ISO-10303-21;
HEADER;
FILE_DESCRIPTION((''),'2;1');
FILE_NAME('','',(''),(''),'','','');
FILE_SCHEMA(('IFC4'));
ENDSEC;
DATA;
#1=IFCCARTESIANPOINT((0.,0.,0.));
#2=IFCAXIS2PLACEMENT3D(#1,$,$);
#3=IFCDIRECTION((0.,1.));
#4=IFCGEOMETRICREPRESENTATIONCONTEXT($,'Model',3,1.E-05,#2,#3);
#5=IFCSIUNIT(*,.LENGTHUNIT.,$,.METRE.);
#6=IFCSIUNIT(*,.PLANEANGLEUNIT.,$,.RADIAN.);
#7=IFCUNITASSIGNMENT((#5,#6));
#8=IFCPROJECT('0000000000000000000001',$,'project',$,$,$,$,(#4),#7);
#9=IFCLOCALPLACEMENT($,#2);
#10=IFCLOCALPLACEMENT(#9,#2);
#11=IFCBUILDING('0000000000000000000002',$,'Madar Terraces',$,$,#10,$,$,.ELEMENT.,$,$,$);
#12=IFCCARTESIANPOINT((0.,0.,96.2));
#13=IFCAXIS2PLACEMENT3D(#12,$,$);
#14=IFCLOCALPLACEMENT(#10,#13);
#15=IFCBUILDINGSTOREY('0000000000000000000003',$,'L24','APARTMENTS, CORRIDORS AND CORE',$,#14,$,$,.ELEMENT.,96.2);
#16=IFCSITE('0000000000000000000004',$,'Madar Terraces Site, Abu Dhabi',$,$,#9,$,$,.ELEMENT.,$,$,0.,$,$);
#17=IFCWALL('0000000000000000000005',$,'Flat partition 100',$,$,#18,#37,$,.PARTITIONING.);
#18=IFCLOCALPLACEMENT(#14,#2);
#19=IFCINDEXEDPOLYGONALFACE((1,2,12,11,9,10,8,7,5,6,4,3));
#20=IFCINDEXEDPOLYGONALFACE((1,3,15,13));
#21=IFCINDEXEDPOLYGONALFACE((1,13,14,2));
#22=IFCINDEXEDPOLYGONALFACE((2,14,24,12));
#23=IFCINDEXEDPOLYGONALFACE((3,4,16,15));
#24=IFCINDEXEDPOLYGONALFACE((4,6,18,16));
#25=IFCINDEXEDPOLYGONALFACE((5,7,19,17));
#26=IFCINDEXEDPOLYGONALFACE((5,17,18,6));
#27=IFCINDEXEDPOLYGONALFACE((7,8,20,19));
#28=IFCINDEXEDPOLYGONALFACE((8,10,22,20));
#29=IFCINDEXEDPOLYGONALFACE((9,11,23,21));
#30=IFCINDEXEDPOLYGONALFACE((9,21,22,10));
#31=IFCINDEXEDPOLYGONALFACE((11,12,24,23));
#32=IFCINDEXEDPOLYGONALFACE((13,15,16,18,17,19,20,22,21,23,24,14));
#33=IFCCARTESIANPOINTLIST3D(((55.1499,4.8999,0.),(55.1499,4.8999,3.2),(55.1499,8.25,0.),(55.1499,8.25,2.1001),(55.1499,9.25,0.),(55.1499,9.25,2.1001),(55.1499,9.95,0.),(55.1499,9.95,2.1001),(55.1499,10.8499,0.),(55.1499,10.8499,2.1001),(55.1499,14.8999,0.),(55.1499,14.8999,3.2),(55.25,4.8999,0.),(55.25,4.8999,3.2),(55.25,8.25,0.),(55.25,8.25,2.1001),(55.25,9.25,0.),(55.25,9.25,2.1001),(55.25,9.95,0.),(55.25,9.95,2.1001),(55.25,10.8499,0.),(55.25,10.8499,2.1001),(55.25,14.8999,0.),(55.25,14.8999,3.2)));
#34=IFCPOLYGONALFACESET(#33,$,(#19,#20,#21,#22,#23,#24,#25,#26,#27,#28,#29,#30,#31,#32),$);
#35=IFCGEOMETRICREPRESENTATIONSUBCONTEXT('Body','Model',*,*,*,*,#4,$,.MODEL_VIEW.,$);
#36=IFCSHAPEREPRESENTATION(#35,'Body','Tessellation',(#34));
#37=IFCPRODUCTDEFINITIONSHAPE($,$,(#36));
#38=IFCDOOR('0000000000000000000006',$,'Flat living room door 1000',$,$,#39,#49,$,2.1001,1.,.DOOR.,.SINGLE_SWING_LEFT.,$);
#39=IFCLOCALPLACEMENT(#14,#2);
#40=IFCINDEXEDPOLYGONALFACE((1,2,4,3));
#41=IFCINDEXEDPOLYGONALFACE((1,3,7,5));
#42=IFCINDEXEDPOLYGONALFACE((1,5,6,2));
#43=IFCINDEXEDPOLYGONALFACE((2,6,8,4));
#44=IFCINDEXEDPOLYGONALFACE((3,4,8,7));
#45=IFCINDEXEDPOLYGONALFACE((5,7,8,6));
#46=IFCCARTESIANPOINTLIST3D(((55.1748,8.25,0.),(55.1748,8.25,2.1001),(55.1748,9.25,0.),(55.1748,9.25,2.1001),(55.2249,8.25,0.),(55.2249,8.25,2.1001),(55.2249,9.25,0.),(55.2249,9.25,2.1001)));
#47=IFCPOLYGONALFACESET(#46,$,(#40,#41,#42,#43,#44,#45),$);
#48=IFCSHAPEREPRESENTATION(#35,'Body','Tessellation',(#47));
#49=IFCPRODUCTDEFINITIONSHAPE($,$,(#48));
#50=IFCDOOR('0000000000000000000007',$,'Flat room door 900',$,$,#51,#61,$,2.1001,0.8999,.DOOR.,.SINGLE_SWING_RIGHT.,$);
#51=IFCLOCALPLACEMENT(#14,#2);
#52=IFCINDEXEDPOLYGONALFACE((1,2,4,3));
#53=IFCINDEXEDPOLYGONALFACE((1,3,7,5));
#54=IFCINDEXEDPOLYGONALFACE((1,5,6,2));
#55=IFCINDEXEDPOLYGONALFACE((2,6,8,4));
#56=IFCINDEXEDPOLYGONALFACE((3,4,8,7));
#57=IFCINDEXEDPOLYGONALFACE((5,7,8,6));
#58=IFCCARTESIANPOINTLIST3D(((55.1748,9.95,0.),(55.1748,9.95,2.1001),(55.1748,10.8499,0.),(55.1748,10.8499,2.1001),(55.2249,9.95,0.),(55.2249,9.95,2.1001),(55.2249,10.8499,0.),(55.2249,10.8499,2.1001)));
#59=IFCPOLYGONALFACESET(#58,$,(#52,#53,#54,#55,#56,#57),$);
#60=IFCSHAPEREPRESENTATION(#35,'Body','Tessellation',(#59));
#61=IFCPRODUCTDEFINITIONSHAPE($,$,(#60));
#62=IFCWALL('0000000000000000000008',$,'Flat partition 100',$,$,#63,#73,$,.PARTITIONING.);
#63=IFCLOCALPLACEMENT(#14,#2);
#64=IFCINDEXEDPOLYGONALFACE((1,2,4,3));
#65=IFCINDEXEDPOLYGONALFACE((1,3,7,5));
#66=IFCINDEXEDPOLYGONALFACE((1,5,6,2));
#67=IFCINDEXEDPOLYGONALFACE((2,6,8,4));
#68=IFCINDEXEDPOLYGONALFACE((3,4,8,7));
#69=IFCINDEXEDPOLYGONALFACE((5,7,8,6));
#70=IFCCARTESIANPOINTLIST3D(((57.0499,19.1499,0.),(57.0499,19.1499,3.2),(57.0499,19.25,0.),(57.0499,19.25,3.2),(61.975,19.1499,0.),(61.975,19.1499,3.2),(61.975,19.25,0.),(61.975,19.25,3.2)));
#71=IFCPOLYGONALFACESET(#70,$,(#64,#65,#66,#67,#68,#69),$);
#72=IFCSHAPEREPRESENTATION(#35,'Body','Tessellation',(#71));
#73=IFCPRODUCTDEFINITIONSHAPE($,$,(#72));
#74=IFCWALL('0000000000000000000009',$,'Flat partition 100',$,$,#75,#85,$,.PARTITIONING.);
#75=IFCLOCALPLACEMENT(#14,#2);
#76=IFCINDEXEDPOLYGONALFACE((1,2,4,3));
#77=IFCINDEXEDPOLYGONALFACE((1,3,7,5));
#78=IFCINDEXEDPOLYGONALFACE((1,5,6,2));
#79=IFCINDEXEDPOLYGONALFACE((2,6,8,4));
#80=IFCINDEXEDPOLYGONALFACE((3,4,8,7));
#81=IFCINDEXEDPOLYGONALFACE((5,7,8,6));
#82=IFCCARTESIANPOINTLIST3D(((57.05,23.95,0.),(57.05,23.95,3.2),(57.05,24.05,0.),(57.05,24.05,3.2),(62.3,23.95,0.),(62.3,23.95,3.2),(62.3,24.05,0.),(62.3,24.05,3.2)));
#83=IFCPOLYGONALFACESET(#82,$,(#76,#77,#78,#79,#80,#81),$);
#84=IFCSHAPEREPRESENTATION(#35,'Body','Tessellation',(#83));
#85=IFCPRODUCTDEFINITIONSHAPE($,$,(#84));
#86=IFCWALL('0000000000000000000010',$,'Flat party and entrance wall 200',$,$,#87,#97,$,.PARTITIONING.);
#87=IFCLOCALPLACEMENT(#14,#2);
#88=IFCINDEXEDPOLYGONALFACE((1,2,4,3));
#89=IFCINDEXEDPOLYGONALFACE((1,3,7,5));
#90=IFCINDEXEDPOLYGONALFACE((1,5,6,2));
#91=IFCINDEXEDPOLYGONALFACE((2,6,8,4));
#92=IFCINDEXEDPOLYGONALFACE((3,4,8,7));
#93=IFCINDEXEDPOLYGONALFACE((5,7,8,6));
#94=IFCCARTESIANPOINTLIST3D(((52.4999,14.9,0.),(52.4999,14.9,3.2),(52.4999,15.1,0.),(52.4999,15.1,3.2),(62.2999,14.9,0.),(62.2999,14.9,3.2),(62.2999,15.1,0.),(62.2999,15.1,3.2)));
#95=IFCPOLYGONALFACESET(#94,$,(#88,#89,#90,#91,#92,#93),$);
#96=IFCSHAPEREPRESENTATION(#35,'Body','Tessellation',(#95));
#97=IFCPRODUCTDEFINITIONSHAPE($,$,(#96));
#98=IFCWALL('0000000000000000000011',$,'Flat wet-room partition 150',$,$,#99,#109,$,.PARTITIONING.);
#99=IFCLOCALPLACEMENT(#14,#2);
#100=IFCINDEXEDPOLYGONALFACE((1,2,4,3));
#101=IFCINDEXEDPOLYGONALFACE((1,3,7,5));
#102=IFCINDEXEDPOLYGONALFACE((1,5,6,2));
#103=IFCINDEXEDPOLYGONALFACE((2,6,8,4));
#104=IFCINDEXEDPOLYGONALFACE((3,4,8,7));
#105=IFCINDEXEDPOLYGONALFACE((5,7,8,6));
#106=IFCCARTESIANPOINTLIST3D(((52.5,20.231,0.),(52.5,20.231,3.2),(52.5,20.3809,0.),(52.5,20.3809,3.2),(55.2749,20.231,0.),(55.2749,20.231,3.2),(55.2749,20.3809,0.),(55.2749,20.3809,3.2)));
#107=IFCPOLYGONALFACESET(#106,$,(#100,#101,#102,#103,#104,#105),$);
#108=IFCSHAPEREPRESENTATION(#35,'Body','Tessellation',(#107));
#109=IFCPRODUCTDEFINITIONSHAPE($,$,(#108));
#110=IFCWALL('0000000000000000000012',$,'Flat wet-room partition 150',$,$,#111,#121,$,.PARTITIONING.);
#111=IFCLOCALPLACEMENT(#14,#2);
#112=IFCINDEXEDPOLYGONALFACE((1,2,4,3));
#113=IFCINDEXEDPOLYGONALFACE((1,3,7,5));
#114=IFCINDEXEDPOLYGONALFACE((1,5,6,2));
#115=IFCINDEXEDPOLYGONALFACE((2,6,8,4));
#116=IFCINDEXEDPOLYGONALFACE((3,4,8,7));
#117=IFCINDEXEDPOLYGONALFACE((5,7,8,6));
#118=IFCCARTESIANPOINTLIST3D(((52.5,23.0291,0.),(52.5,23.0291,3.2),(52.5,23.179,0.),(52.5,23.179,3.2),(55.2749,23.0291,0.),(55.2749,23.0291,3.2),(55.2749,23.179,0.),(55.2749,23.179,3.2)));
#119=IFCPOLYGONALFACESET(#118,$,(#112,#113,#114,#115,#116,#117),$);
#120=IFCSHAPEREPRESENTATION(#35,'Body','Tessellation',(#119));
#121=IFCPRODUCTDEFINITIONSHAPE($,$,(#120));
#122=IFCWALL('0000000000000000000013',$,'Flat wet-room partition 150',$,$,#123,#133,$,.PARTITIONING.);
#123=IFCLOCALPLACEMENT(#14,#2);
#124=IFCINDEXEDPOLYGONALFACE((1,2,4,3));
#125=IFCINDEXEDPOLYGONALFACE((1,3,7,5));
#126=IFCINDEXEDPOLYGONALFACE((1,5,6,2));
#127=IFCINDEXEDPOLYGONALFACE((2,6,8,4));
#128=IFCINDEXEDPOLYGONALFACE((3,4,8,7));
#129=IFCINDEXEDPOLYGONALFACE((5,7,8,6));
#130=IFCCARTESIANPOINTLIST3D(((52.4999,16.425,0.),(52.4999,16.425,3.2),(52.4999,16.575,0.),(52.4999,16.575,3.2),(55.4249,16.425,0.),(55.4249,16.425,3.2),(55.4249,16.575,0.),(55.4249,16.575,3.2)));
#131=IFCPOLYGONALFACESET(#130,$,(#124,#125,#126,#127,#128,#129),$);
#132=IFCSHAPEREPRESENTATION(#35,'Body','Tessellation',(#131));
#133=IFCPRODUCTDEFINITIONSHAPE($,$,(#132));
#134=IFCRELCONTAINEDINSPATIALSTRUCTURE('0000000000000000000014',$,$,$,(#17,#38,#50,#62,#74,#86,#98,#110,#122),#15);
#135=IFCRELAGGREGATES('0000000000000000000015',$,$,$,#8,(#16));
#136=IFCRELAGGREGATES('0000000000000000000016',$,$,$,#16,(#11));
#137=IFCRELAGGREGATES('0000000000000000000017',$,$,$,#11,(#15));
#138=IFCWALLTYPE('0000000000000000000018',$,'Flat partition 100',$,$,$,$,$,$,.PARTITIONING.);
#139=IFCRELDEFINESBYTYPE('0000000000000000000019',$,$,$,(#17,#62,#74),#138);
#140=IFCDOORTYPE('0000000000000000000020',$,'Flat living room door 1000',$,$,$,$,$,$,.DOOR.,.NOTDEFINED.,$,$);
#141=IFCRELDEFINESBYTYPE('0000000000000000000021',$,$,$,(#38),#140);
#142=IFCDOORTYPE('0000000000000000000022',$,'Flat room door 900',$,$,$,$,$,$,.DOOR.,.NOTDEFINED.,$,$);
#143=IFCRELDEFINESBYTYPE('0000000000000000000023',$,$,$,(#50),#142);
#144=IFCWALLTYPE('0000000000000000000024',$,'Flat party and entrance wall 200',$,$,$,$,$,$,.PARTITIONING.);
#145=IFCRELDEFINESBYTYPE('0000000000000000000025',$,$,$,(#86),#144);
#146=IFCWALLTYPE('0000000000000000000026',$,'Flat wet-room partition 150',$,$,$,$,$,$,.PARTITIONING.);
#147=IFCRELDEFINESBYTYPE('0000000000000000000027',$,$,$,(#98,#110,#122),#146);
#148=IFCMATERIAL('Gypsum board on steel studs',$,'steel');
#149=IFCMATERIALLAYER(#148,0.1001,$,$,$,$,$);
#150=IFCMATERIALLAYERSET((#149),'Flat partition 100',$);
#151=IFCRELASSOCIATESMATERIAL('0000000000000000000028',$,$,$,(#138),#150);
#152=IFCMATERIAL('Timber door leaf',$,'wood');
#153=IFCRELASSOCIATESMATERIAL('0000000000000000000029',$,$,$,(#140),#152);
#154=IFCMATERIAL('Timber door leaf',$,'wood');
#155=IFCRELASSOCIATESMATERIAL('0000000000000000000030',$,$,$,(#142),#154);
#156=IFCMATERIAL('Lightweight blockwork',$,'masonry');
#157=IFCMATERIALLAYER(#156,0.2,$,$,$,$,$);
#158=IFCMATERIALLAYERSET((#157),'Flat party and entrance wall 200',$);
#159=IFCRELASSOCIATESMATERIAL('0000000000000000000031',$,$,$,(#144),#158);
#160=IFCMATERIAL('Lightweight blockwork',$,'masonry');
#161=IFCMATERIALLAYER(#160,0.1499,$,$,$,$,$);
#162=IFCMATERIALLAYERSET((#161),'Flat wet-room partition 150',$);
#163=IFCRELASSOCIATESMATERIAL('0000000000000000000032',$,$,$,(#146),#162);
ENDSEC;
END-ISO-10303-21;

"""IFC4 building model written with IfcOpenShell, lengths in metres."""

from ifc_helpers import new_model, si_unit, direction, frame, frame_2d, origin, place, context, subcontext, project, spatial, rectangle, extrude, material, layer, layer_set, type_object, element, fill, save


model = new_model("IFC4")

# Units and contexts
model_context = context("Model", 3, precision=1e-05, world=origin(), true_north=direction((0.0, 1.0)))
body_context = subcontext(model_context, "Body", "Model", "MODEL_VIEW")
ifc_project = project(units=[si_unit("LENGTHUNIT", "METRE"), si_unit("PLANEANGLEUNIT", "RADIAN")], contexts=[model_context])

# Site, building, storey
site_placement = place(None, origin())
site = spatial("IfcSite", under=ifc_project, at=site_placement, Name="Madar Terraces Site, Abu Dhabi", CompositionType="ELEMENT", RefElevation=0.0)
building_placement = place(site_placement, origin())
building = spatial("IfcBuilding", under=site, at=building_placement, Name="Madar Terraces", CompositionType="ELEMENT")
storey_placement = place(building_placement, frame((0.0, 0.0, 96.2)))
storey = spatial("IfcBuildingStorey", under=building, at=storey_placement, Name="L24", Description="APARTMENTS, CORRIDORS AND CORE", CompositionType="ELEMENT", Elevation=96.2)

# Wall, openings, doors
ifc_material_1 = material(Name="Gypsum board on steel studs", Category="steel")
ifc_layer_1 = layer(ifc_material_1, 0.1001)
ifc_layer_set_1 = layer_set([ifc_layer_1], Name="Flat partition 100")
wall_type_1 = type_object("IfcWallType", Name="Flat partition 100", PredefinedType="PARTITIONING", material=ifc_layer_set_1)
wall_1_placement = place(storey_placement, frame((55.2, 14.8999, 0.0), z_axis=(0.0, 0.0, 1.0), x_axis=(0.0, -1.0, 0.0)))
wall_1 = element("IfcWall", 1, at=wall_1_placement, inside=storey, type_object=wall_type_1, Name="Flat partition 100", PredefinedType="PARTITIONING", context=body_context, shape_type="SweptSolid", body=[
    extrude(rectangle(XDim=10.0, YDim=0.1001, at=frame_2d((5.0, 0.0))), origin(), (0.0, 0.0, 1.0), 3.2),
])
opening_1_placement = place(wall_1_placement, frame((4.05, 0.0, 0.0)))
opening_1 = element("IfcOpeningElement", 2, at=opening_1_placement, cuts=wall_1, PredefinedType="OPENING", context=body_context, shape_type="SweptSolid", body=[
    extrude(rectangle(XDim=0.8999, YDim=2.1001, at=frame_2d((0.45, 1.05))), frame((0.0, 0.0601, 0.0), z_axis=(0.0, -1.0, 0.0), x_axis=(1.0, 0.0, 0.0)), (0.0, 0.0, 1.0), 0.1201),
])
opening_2_placement = place(wall_1_placement, frame((5.6499, 0.0, 0.0)))
opening_2 = element("IfcOpeningElement", 3, at=opening_2_placement, cuts=wall_1, PredefinedType="OPENING", context=body_context, shape_type="SweptSolid", body=[
    extrude(rectangle(XDim=1.0, YDim=2.1001, at=frame_2d((0.5, 1.05))), frame((0.0, 0.0601, 0.0), z_axis=(0.0, -1.0, 0.0), x_axis=(1.0, 0.0, 0.0)), (0.0, 0.0, 1.0), 0.1201),
])
ifc_material_2 = material(Name="Timber door leaf", Category="wood")
door_type_1 = type_object("IfcDoorType", Name="Flat living room door 1000", OperationType="NOTDEFINED", PredefinedType="DOOR", material=ifc_material_2)
door_1_placement = place(opening_2_placement, origin())
door_1 = element("IfcDoor", 4, at=door_1_placement, inside=storey, type_object=door_type_1, Name="Flat living room door 1000", OperationType="SINGLE_SWING_LEFT", OverallHeight=2.1001, OverallWidth=1.0, PredefinedType="DOOR", context=body_context, shape_type="SweptSolid", body=[
    extrude(rectangle(XDim=1.0, YDim=2.1001, at=frame_2d((0.5, 1.05))), frame((0.0, 0.0249, 0.0), z_axis=(0.0, -1.0, 0.0), x_axis=(1.0, 0.0, 0.0)), (0.0, 0.0, 1.0), 0.05),
])
fill(opening_2, door_1)
ifc_material_3 = material(Name="Timber door leaf", Category="wood")
door_type_2 = type_object("IfcDoorType", Name="Flat room door 900", OperationType="NOTDEFINED", PredefinedType="DOOR", material=ifc_material_3)
door_2_placement = place(opening_1_placement, origin())
door_2 = element("IfcDoor", 5, at=door_2_placement, inside=storey, type_object=door_type_2, Name="Flat room door 900", OperationType="SINGLE_SWING_RIGHT", OverallHeight=2.1001, OverallWidth=0.8999, PredefinedType="DOOR", context=body_context, shape_type="SweptSolid", body=[
    extrude(rectangle(XDim=0.8999, YDim=2.1001, at=frame_2d((0.45, 1.05))), frame((0.0, 0.0249, 0.0), z_axis=(0.0, -1.0, 0.0), x_axis=(1.0, 0.0, 0.0)), (0.0, 0.0, 1.0), 0.05),
])
fill(opening_1, door_2)

# Walls
wall_2_placement = place(storey_placement, frame((57.05, 19.2, 0.0), z_axis=(0.0, 0.0, 1.0), x_axis=(1.0, 0.0, 0.0)))
element("IfcWall", 6, at=wall_2_placement, inside=storey, type_object=wall_type_1, Name="Flat partition 100", PredefinedType="PARTITIONING", context=body_context, shape_type="SweptSolid", body=[
    extrude(rectangle(XDim=4.925, YDim=0.1001, at=frame_2d((2.4624, 0.0))), origin(), (0.0, 0.0, 1.0), 3.2),
])
wall_3_placement = place(storey_placement, frame((57.05, 24.0, 0.0), z_axis=(0.0, 0.0, 1.0), x_axis=(1.0, 0.0, 0.0)))
element("IfcWall", 7, at=wall_3_placement, inside=storey, type_object=wall_type_1, Name="Flat partition 100", PredefinedType="PARTITIONING", context=body_context, shape_type="SweptSolid", body=[
    extrude(rectangle(XDim=5.25, YDim=0.1001, at=frame_2d((2.625, 0.0))), origin(), (0.0, 0.0, 1.0), 3.2),
])
ifc_material_4 = material(Name="Lightweight blockwork", Category="masonry")
ifc_layer_2 = layer(ifc_material_4, 0.2)
ifc_layer_set_2 = layer_set([ifc_layer_2], Name="Flat party and entrance wall 200")
wall_type_2 = type_object("IfcWallType", Name="Flat party and entrance wall 200", PredefinedType="PARTITIONING", material=ifc_layer_set_2)
wall_4_placement = place(storey_placement, frame((52.5, 15.0, 0.0), z_axis=(0.0, 0.0, 1.0), x_axis=(1.0, 0.0, 0.0)))
element("IfcWall", 8, at=wall_4_placement, inside=storey, type_object=wall_type_2, Name="Flat party and entrance wall 200", PredefinedType="PARTITIONING", context=body_context, shape_type="SweptSolid", body=[
    extrude(rectangle(XDim=9.8, YDim=0.2, at=frame_2d((4.8999, 0.0))), origin(), (0.0, 0.0, 1.0), 3.2),
])
ifc_material_5 = material(Name="Lightweight blockwork", Category="masonry")
ifc_layer_3 = layer(ifc_material_5, 0.1499)
ifc_layer_set_3 = layer_set([ifc_layer_3], Name="Flat wet-room partition 150")
wall_type_3 = type_object("IfcWallType", Name="Flat wet-room partition 150", PredefinedType="PARTITIONING", material=ifc_layer_set_3)
for number, where, z_axis, x_axis, name in (
    (9, (52.5, 20.3059, 0.0), (0.0, 0.0, 1.0), (1.0, 0.0, 0.0), "Flat wet-room partition 150"),
    (10, (52.5, 23.104, 0.0), (0.0, 0.0, 1.0), (1.0, 0.0, 0.0), "Flat wet-room partition 150"),
):
    element("IfcWall", number, at=place(storey_placement, frame(where, z_axis=z_axis, x_axis=x_axis)), inside=storey, type_object=wall_type_3, Name=name, PredefinedType="PARTITIONING", context=body_context, shape_type="SweptSolid", body=[
        extrude(rectangle(XDim=2.7749, YDim=0.1499, at=frame_2d((1.3875, 0.0))), origin(), (0.0, 0.0, 1.0), 3.2),
    ])
wall_5_placement = place(storey_placement, frame((52.5, 16.5, 0.0), z_axis=(0.0, 0.0, 1.0), x_axis=(1.0, 0.0, 0.0)))
element("IfcWall", 11, at=wall_5_placement, inside=storey, type_object=wall_type_3, Name="Flat wet-room partition 150", PredefinedType="PARTITIONING", context=body_context, shape_type="SweptSolid", body=[
    extrude(rectangle(XDim=2.925, YDim=0.1499, at=frame_2d((1.4624, 0.0))), origin(), (0.0, 0.0, 1.0), 3.2),
])

save(model, "model.ifc")
